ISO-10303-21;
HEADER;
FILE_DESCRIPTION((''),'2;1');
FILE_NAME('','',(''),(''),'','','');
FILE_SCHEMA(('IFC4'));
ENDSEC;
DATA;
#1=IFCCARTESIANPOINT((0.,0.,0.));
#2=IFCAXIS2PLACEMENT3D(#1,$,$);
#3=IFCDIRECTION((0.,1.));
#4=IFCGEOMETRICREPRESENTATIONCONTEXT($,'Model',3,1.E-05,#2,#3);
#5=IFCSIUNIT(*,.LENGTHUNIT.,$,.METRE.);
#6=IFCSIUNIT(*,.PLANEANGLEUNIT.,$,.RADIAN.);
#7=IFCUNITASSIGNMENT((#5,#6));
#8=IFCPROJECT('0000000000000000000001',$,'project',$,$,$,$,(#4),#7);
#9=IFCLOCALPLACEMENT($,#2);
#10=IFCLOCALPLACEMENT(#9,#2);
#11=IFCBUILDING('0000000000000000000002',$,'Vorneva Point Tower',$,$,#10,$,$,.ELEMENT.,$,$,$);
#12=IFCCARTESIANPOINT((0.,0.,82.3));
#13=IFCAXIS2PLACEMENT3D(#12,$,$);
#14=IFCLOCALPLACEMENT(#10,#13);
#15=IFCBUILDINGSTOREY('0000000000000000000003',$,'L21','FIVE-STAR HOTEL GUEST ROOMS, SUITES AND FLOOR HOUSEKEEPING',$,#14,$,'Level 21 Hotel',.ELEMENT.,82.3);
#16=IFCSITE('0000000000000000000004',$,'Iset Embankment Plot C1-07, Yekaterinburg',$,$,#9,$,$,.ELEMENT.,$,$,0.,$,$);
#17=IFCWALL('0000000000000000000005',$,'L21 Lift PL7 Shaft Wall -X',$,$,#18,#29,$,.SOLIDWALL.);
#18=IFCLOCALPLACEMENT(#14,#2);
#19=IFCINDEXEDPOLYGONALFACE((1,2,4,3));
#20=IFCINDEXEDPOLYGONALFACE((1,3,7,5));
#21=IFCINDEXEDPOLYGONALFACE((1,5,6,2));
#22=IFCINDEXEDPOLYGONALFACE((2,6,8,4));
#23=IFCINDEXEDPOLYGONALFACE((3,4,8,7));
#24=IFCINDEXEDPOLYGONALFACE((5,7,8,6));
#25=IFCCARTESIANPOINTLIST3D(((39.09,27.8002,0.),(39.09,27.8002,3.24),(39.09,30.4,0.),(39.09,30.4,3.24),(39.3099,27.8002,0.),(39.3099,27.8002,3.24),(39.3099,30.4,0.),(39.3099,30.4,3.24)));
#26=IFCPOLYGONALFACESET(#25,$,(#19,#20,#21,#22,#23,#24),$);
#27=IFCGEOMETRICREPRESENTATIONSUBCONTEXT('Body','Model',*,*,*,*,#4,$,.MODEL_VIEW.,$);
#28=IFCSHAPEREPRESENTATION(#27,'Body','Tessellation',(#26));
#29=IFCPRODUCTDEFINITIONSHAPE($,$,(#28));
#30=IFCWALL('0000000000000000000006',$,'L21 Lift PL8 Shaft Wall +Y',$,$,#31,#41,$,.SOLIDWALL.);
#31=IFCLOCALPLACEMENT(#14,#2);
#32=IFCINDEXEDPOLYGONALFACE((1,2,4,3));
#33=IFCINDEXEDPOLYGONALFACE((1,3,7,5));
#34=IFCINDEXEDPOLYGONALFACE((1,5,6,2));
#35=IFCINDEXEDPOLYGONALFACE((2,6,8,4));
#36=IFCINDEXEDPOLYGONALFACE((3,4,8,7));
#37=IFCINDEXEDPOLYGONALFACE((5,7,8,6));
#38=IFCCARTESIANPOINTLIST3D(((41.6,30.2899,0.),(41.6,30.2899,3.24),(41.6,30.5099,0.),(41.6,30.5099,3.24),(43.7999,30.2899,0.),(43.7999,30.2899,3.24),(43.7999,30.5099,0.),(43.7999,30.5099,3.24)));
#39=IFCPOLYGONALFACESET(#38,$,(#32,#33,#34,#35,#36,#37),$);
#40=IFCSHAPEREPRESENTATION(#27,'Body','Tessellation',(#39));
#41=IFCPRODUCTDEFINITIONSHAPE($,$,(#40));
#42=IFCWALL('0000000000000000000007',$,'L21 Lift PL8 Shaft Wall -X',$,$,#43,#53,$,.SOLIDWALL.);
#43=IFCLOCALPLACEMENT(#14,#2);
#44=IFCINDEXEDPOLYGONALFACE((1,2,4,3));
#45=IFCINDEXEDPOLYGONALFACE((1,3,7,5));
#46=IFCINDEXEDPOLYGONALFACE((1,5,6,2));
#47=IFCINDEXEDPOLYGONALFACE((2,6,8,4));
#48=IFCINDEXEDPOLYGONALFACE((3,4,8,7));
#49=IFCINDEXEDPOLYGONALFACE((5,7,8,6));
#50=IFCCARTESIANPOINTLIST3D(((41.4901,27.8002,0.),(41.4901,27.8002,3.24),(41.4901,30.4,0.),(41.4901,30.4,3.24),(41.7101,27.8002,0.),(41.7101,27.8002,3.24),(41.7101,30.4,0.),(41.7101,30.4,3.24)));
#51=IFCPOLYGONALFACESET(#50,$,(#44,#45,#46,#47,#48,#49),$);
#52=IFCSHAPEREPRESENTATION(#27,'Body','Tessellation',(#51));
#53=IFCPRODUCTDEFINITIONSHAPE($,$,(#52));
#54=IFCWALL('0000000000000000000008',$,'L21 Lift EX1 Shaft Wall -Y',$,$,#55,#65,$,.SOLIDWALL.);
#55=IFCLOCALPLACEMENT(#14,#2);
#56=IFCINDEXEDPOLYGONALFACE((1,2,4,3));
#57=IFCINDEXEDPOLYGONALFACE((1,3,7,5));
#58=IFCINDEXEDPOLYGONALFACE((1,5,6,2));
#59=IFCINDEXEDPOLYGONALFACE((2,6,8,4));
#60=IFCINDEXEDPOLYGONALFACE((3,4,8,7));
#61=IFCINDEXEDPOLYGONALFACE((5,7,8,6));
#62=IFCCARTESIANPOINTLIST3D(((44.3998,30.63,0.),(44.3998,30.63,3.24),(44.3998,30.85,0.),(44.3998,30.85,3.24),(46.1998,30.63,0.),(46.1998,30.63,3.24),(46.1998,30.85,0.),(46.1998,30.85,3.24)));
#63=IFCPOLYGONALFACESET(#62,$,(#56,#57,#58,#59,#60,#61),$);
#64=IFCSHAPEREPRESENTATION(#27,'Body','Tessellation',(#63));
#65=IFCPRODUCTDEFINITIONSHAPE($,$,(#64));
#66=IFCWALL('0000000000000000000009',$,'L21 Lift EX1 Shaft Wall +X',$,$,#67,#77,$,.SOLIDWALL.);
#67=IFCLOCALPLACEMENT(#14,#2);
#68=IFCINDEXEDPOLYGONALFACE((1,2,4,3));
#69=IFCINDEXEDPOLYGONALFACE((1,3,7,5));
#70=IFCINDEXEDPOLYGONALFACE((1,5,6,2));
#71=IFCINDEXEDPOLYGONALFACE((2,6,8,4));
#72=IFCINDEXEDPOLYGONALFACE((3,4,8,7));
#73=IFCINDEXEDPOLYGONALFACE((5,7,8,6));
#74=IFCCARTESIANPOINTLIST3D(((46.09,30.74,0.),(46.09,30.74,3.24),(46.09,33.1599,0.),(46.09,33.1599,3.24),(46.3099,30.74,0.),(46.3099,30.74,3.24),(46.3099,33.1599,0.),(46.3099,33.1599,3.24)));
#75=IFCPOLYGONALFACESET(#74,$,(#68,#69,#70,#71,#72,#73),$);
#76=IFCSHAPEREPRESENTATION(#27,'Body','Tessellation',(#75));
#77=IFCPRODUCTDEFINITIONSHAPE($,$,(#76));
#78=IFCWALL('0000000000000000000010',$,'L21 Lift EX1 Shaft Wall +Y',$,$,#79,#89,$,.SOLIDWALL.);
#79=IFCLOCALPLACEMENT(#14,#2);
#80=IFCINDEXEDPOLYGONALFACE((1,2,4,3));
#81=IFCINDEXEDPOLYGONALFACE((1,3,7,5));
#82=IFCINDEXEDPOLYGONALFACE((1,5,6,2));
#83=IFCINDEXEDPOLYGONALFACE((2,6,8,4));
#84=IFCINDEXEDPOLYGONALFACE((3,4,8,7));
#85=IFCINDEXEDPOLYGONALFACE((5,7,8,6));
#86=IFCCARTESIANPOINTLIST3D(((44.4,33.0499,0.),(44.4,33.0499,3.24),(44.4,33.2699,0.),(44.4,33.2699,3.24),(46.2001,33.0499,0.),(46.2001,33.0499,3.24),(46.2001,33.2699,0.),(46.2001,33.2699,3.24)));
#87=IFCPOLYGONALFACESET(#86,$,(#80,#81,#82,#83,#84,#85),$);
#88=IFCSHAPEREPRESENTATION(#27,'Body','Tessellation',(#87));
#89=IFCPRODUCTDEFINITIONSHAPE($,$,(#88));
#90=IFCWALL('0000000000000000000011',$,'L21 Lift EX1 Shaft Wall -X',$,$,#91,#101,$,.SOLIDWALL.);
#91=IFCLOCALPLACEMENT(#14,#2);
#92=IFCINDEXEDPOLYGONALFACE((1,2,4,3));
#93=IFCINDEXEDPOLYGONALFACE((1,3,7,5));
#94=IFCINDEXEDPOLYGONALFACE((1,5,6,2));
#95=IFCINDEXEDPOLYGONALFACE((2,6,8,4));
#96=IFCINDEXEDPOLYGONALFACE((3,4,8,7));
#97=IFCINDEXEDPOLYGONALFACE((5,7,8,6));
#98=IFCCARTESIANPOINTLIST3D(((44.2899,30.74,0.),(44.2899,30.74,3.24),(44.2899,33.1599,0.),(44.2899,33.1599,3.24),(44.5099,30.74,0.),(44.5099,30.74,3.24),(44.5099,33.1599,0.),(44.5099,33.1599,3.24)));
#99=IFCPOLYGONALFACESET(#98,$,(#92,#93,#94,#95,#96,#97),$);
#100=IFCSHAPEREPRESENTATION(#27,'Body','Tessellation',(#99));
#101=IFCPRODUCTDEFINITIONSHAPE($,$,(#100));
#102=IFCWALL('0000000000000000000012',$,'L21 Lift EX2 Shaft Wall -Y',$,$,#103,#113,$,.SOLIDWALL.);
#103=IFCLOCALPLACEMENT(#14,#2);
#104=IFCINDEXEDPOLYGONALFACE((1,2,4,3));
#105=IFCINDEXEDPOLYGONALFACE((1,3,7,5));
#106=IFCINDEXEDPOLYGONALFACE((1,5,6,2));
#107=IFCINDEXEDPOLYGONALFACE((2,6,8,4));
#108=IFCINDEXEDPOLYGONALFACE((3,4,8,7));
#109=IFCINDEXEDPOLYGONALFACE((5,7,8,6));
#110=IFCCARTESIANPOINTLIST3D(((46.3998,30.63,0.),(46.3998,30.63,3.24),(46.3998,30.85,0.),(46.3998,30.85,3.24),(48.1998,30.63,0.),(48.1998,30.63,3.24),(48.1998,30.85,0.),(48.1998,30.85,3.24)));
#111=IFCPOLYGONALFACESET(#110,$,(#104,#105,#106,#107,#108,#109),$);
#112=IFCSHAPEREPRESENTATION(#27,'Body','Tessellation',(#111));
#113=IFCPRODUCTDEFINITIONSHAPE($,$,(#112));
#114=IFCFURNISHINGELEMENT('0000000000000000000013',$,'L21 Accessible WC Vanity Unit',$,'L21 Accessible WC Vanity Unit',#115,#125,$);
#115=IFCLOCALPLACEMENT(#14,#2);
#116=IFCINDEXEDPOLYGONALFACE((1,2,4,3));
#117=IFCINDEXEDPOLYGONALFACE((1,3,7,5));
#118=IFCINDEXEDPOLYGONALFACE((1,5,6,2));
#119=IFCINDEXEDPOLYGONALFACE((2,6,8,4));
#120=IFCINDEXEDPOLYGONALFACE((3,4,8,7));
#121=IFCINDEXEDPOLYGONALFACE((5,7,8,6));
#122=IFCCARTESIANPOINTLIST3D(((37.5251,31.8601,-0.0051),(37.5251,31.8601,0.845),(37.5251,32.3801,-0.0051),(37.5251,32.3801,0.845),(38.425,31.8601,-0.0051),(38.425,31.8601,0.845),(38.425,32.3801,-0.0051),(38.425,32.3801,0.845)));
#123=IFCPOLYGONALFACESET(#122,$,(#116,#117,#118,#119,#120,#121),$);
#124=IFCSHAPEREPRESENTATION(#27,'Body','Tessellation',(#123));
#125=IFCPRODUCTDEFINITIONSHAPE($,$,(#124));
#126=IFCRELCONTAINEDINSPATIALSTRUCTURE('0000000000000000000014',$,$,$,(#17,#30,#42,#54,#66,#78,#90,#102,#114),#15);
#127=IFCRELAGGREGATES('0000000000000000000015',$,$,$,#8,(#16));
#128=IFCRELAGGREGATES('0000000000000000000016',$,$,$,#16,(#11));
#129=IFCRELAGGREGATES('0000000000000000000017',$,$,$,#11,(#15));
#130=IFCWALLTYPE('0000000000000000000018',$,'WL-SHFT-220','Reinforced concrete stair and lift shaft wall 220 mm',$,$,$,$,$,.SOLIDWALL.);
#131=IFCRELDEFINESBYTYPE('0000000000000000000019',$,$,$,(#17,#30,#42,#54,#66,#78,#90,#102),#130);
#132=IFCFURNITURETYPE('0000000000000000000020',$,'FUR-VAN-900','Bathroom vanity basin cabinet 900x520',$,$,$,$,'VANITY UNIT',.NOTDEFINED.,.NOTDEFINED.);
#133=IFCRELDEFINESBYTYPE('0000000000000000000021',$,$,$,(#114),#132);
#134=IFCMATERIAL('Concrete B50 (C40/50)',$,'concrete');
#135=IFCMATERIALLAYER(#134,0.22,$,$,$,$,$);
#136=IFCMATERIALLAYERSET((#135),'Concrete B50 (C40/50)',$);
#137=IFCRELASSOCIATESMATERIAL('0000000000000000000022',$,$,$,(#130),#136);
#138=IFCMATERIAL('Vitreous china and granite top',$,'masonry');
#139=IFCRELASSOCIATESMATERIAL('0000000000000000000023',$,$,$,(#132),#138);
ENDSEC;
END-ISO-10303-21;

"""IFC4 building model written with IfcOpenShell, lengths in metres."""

from ifc_helpers import new_model, si_unit, direction, frame, frame_2d, origin, origin_2d, place, context, subcontext, project, spatial, rectangle, extrude, material, layer, layer_set, type_object, element, save


model = new_model("IFC4")

# Units and contexts
model_context = context("Model", 3, precision=1e-05, world=origin(), true_north=direction((0.0, 1.0)))
body_context = subcontext(model_context, "Body", "Model", "MODEL_VIEW")
ifc_project = project(units=[si_unit("LENGTHUNIT", "METRE"), si_unit("PLANEANGLEUNIT", "RADIAN")], contexts=[model_context])

# Site, building, storey
site_placement = place(None, origin())
site = spatial("IfcSite", under=ifc_project, at=site_placement, Name="Iset Embankment Plot C1-07, Yekaterinburg", CompositionType="ELEMENT", RefElevation=0.0)
building_placement = place(site_placement, origin())
building = spatial("IfcBuilding", under=site, at=building_placement, Name="Vorneva Point Tower", CompositionType="ELEMENT")
storey_placement = place(building_placement, frame((0.0, 0.0, 82.3)))
storey = spatial("IfcBuildingStorey", under=building, at=storey_placement, Name="L21", Description="FIVE-STAR HOTEL GUEST ROOMS, SUITES AND FLOOR HOUSEKEEPING", LongName="Level 21 Hotel", CompositionType="ELEMENT", Elevation=82.3)

# Walls
ifc_material_1 = material(Name="Concrete B50 (C40/50)", Category="concrete")
ifc_layer_1 = layer(ifc_material_1, 0.22)
ifc_layer_set_1 = layer_set([ifc_layer_1], Name="Concrete B50 (C40/50)")
wall_type_1 = type_object("IfcWallType", Name="WL-SHFT-220", Description="Reinforced concrete stair and lift shaft wall 220 mm", PredefinedType="SOLIDWALL", material=ifc_layer_set_1)
wall_1_placement = place(storey_placement, frame((39.2, 30.3999, 0.0), z_axis=(0.0, 0.0, 1.0), x_axis=(0.0, -1.0, 0.0)))
element("IfcWall", 1, at=wall_1_placement, inside=storey, type_object=wall_type_1, Name="L21 Lift PL7 Shaft Wall -X", PredefinedType="SOLIDWALL", context=body_context, shape_type="SweptSolid", body=[
    extrude(rectangle(XDim=2.5999, YDim=0.22, at=frame_2d((1.2998, 0.0))), origin(), (0.0, 0.0, 1.0), 3.24),
])
wall_2_placement = place(storey_placement, frame((43.8, 30.3999, 0.0), z_axis=(0.0, 0.0, 1.0), x_axis=(-1.0, 0.0, 0.0)))
element("IfcWall", 2, at=wall_2_placement, inside=storey, type_object=wall_type_1, Name="L21 Lift PL8 Shaft Wall +Y", PredefinedType="SOLIDWALL", context=body_context, shape_type="SweptSolid", body=[
    extrude(rectangle(XDim=2.2, YDim=0.22, at=frame_2d((1.1001, 0.0))), origin(), (0.0, 0.0, 1.0), 3.24),
])
wall_3_placement = place(storey_placement, frame((41.6001, 30.3999, 0.0), z_axis=(0.0, 0.0, 1.0), x_axis=(0.0, -1.0, 0.0)))
element("IfcWall", 3, at=wall_3_placement, inside=storey, type_object=wall_type_1, Name="L21 Lift PL8 Shaft Wall -X", PredefinedType="SOLIDWALL", context=body_context, shape_type="SweptSolid", body=[
    extrude(rectangle(XDim=2.5999, YDim=0.22, at=frame_2d((1.2998, 0.0))), origin(), (0.0, 0.0, 1.0), 3.24),
])
wall_4_placement = place(storey_placement, frame((44.3999, 30.74, 0.0), z_axis=(0.0, 0.0, 1.0), x_axis=(1.0, 0.0, 0.0)))
element("IfcWall", 4, at=wall_4_placement, inside=storey, type_object=wall_type_1, Name="L21 Lift EX1 Shaft Wall -Y", PredefinedType="SOLIDWALL", context=body_context, shape_type="SweptSolid", body=[
    extrude(rectangle(XDim=1.8, YDim=0.22, at=frame_2d((0.8999, 0.0))), origin(), (0.0, 0.0, 1.0), 3.24),
])
wall_5_placement = place(storey_placement, frame((46.2, 30.74, 0.0), z_axis=(0.0, 0.0, 1.0), x_axis=(0.0, 1.0, 0.0)))
element("IfcWall", 5, at=wall_5_placement, inside=storey, type_object=wall_type_1, Name="L21 Lift EX1 Shaft Wall +X", PredefinedType="SOLIDWALL", context=body_context, shape_type="SweptSolid", body=[
    extrude(rectangle(XDim=2.4199, YDim=0.22, at=frame_2d((1.21, 0.0))), origin(), (0.0, 0.0, 1.0), 3.24),
])
wall_6_placement = place(storey_placement, frame((46.2, 33.1599, 0.0), z_axis=(0.0, 0.0, 1.0), x_axis=(-1.0, 0.0, 0.0)))
element("IfcWall", 6, at=wall_6_placement, inside=storey, type_object=wall_type_1, Name="L21 Lift EX1 Shaft Wall +Y", PredefinedType="SOLIDWALL", context=body_context, shape_type="SweptSolid", body=[
    extrude(rectangle(XDim=1.8, YDim=0.22, at=frame_2d((0.8999, 0.0))), origin(), (0.0, 0.0, 1.0), 3.24),
])
wall_7_placement = place(storey_placement, frame((44.3999, 33.1599, 0.0), z_axis=(0.0, 0.0, 1.0), x_axis=(0.0, -1.0, 0.0)))
element("IfcWall", 7, at=wall_7_placement, inside=storey, type_object=wall_type_1, Name="L21 Lift EX1 Shaft Wall -X", PredefinedType="SOLIDWALL", context=body_context, shape_type="SweptSolid", body=[
    extrude(rectangle(XDim=2.4199, YDim=0.22, at=frame_2d((1.21, 0.0))), origin(), (0.0, 0.0, 1.0), 3.24),
])
wall_8_placement = place(storey_placement, frame((46.3999, 30.74, 0.0), z_axis=(0.0, 0.0, 1.0), x_axis=(1.0, 0.0, 0.0)))
element("IfcWall", 8, at=wall_8_placement, inside=storey, type_object=wall_type_1, Name="L21 Lift EX2 Shaft Wall -Y", PredefinedType="SOLIDWALL", context=body_context, shape_type="SweptSolid", body=[
    extrude(rectangle(XDim=1.8, YDim=0.22, at=frame_2d((0.8999, 0.0))), origin(), (0.0, 0.0, 1.0), 3.24),
])

# Furnishing element
ifc_material_2 = material(Name="Vitreous china and granite top", Category="masonry")
furniture_type = type_object("IfcFurnitureType", Name="FUR-VAN-900", Description="Bathroom vanity basin cabinet 900x520", ElementType="VANITY UNIT", AssemblyPlace="NOTDEFINED", PredefinedType="NOTDEFINED", material=ifc_material_2)
furnishing_placement = place(storey_placement, frame((37.9751, 32.1201, -0.0051), z_axis=(0.0, 0.0, 1.0), x_axis=(1.0, 0.0, 0.0)))
element("IfcFurnishingElement", 9, at=furnishing_placement, inside=storey, type_object=furniture_type, Name="L21 Accessible WC Vanity Unit", ObjectType="L21 Accessible WC Vanity Unit", context=body_context, shape_type="SweptSolid", body=[
    extrude(rectangle(XDim=0.8999, YDim=0.52, at=origin_2d()), origin(), (0.0, 0.0, 1.0), 0.8501),
])

save(model, "model.ifc")
